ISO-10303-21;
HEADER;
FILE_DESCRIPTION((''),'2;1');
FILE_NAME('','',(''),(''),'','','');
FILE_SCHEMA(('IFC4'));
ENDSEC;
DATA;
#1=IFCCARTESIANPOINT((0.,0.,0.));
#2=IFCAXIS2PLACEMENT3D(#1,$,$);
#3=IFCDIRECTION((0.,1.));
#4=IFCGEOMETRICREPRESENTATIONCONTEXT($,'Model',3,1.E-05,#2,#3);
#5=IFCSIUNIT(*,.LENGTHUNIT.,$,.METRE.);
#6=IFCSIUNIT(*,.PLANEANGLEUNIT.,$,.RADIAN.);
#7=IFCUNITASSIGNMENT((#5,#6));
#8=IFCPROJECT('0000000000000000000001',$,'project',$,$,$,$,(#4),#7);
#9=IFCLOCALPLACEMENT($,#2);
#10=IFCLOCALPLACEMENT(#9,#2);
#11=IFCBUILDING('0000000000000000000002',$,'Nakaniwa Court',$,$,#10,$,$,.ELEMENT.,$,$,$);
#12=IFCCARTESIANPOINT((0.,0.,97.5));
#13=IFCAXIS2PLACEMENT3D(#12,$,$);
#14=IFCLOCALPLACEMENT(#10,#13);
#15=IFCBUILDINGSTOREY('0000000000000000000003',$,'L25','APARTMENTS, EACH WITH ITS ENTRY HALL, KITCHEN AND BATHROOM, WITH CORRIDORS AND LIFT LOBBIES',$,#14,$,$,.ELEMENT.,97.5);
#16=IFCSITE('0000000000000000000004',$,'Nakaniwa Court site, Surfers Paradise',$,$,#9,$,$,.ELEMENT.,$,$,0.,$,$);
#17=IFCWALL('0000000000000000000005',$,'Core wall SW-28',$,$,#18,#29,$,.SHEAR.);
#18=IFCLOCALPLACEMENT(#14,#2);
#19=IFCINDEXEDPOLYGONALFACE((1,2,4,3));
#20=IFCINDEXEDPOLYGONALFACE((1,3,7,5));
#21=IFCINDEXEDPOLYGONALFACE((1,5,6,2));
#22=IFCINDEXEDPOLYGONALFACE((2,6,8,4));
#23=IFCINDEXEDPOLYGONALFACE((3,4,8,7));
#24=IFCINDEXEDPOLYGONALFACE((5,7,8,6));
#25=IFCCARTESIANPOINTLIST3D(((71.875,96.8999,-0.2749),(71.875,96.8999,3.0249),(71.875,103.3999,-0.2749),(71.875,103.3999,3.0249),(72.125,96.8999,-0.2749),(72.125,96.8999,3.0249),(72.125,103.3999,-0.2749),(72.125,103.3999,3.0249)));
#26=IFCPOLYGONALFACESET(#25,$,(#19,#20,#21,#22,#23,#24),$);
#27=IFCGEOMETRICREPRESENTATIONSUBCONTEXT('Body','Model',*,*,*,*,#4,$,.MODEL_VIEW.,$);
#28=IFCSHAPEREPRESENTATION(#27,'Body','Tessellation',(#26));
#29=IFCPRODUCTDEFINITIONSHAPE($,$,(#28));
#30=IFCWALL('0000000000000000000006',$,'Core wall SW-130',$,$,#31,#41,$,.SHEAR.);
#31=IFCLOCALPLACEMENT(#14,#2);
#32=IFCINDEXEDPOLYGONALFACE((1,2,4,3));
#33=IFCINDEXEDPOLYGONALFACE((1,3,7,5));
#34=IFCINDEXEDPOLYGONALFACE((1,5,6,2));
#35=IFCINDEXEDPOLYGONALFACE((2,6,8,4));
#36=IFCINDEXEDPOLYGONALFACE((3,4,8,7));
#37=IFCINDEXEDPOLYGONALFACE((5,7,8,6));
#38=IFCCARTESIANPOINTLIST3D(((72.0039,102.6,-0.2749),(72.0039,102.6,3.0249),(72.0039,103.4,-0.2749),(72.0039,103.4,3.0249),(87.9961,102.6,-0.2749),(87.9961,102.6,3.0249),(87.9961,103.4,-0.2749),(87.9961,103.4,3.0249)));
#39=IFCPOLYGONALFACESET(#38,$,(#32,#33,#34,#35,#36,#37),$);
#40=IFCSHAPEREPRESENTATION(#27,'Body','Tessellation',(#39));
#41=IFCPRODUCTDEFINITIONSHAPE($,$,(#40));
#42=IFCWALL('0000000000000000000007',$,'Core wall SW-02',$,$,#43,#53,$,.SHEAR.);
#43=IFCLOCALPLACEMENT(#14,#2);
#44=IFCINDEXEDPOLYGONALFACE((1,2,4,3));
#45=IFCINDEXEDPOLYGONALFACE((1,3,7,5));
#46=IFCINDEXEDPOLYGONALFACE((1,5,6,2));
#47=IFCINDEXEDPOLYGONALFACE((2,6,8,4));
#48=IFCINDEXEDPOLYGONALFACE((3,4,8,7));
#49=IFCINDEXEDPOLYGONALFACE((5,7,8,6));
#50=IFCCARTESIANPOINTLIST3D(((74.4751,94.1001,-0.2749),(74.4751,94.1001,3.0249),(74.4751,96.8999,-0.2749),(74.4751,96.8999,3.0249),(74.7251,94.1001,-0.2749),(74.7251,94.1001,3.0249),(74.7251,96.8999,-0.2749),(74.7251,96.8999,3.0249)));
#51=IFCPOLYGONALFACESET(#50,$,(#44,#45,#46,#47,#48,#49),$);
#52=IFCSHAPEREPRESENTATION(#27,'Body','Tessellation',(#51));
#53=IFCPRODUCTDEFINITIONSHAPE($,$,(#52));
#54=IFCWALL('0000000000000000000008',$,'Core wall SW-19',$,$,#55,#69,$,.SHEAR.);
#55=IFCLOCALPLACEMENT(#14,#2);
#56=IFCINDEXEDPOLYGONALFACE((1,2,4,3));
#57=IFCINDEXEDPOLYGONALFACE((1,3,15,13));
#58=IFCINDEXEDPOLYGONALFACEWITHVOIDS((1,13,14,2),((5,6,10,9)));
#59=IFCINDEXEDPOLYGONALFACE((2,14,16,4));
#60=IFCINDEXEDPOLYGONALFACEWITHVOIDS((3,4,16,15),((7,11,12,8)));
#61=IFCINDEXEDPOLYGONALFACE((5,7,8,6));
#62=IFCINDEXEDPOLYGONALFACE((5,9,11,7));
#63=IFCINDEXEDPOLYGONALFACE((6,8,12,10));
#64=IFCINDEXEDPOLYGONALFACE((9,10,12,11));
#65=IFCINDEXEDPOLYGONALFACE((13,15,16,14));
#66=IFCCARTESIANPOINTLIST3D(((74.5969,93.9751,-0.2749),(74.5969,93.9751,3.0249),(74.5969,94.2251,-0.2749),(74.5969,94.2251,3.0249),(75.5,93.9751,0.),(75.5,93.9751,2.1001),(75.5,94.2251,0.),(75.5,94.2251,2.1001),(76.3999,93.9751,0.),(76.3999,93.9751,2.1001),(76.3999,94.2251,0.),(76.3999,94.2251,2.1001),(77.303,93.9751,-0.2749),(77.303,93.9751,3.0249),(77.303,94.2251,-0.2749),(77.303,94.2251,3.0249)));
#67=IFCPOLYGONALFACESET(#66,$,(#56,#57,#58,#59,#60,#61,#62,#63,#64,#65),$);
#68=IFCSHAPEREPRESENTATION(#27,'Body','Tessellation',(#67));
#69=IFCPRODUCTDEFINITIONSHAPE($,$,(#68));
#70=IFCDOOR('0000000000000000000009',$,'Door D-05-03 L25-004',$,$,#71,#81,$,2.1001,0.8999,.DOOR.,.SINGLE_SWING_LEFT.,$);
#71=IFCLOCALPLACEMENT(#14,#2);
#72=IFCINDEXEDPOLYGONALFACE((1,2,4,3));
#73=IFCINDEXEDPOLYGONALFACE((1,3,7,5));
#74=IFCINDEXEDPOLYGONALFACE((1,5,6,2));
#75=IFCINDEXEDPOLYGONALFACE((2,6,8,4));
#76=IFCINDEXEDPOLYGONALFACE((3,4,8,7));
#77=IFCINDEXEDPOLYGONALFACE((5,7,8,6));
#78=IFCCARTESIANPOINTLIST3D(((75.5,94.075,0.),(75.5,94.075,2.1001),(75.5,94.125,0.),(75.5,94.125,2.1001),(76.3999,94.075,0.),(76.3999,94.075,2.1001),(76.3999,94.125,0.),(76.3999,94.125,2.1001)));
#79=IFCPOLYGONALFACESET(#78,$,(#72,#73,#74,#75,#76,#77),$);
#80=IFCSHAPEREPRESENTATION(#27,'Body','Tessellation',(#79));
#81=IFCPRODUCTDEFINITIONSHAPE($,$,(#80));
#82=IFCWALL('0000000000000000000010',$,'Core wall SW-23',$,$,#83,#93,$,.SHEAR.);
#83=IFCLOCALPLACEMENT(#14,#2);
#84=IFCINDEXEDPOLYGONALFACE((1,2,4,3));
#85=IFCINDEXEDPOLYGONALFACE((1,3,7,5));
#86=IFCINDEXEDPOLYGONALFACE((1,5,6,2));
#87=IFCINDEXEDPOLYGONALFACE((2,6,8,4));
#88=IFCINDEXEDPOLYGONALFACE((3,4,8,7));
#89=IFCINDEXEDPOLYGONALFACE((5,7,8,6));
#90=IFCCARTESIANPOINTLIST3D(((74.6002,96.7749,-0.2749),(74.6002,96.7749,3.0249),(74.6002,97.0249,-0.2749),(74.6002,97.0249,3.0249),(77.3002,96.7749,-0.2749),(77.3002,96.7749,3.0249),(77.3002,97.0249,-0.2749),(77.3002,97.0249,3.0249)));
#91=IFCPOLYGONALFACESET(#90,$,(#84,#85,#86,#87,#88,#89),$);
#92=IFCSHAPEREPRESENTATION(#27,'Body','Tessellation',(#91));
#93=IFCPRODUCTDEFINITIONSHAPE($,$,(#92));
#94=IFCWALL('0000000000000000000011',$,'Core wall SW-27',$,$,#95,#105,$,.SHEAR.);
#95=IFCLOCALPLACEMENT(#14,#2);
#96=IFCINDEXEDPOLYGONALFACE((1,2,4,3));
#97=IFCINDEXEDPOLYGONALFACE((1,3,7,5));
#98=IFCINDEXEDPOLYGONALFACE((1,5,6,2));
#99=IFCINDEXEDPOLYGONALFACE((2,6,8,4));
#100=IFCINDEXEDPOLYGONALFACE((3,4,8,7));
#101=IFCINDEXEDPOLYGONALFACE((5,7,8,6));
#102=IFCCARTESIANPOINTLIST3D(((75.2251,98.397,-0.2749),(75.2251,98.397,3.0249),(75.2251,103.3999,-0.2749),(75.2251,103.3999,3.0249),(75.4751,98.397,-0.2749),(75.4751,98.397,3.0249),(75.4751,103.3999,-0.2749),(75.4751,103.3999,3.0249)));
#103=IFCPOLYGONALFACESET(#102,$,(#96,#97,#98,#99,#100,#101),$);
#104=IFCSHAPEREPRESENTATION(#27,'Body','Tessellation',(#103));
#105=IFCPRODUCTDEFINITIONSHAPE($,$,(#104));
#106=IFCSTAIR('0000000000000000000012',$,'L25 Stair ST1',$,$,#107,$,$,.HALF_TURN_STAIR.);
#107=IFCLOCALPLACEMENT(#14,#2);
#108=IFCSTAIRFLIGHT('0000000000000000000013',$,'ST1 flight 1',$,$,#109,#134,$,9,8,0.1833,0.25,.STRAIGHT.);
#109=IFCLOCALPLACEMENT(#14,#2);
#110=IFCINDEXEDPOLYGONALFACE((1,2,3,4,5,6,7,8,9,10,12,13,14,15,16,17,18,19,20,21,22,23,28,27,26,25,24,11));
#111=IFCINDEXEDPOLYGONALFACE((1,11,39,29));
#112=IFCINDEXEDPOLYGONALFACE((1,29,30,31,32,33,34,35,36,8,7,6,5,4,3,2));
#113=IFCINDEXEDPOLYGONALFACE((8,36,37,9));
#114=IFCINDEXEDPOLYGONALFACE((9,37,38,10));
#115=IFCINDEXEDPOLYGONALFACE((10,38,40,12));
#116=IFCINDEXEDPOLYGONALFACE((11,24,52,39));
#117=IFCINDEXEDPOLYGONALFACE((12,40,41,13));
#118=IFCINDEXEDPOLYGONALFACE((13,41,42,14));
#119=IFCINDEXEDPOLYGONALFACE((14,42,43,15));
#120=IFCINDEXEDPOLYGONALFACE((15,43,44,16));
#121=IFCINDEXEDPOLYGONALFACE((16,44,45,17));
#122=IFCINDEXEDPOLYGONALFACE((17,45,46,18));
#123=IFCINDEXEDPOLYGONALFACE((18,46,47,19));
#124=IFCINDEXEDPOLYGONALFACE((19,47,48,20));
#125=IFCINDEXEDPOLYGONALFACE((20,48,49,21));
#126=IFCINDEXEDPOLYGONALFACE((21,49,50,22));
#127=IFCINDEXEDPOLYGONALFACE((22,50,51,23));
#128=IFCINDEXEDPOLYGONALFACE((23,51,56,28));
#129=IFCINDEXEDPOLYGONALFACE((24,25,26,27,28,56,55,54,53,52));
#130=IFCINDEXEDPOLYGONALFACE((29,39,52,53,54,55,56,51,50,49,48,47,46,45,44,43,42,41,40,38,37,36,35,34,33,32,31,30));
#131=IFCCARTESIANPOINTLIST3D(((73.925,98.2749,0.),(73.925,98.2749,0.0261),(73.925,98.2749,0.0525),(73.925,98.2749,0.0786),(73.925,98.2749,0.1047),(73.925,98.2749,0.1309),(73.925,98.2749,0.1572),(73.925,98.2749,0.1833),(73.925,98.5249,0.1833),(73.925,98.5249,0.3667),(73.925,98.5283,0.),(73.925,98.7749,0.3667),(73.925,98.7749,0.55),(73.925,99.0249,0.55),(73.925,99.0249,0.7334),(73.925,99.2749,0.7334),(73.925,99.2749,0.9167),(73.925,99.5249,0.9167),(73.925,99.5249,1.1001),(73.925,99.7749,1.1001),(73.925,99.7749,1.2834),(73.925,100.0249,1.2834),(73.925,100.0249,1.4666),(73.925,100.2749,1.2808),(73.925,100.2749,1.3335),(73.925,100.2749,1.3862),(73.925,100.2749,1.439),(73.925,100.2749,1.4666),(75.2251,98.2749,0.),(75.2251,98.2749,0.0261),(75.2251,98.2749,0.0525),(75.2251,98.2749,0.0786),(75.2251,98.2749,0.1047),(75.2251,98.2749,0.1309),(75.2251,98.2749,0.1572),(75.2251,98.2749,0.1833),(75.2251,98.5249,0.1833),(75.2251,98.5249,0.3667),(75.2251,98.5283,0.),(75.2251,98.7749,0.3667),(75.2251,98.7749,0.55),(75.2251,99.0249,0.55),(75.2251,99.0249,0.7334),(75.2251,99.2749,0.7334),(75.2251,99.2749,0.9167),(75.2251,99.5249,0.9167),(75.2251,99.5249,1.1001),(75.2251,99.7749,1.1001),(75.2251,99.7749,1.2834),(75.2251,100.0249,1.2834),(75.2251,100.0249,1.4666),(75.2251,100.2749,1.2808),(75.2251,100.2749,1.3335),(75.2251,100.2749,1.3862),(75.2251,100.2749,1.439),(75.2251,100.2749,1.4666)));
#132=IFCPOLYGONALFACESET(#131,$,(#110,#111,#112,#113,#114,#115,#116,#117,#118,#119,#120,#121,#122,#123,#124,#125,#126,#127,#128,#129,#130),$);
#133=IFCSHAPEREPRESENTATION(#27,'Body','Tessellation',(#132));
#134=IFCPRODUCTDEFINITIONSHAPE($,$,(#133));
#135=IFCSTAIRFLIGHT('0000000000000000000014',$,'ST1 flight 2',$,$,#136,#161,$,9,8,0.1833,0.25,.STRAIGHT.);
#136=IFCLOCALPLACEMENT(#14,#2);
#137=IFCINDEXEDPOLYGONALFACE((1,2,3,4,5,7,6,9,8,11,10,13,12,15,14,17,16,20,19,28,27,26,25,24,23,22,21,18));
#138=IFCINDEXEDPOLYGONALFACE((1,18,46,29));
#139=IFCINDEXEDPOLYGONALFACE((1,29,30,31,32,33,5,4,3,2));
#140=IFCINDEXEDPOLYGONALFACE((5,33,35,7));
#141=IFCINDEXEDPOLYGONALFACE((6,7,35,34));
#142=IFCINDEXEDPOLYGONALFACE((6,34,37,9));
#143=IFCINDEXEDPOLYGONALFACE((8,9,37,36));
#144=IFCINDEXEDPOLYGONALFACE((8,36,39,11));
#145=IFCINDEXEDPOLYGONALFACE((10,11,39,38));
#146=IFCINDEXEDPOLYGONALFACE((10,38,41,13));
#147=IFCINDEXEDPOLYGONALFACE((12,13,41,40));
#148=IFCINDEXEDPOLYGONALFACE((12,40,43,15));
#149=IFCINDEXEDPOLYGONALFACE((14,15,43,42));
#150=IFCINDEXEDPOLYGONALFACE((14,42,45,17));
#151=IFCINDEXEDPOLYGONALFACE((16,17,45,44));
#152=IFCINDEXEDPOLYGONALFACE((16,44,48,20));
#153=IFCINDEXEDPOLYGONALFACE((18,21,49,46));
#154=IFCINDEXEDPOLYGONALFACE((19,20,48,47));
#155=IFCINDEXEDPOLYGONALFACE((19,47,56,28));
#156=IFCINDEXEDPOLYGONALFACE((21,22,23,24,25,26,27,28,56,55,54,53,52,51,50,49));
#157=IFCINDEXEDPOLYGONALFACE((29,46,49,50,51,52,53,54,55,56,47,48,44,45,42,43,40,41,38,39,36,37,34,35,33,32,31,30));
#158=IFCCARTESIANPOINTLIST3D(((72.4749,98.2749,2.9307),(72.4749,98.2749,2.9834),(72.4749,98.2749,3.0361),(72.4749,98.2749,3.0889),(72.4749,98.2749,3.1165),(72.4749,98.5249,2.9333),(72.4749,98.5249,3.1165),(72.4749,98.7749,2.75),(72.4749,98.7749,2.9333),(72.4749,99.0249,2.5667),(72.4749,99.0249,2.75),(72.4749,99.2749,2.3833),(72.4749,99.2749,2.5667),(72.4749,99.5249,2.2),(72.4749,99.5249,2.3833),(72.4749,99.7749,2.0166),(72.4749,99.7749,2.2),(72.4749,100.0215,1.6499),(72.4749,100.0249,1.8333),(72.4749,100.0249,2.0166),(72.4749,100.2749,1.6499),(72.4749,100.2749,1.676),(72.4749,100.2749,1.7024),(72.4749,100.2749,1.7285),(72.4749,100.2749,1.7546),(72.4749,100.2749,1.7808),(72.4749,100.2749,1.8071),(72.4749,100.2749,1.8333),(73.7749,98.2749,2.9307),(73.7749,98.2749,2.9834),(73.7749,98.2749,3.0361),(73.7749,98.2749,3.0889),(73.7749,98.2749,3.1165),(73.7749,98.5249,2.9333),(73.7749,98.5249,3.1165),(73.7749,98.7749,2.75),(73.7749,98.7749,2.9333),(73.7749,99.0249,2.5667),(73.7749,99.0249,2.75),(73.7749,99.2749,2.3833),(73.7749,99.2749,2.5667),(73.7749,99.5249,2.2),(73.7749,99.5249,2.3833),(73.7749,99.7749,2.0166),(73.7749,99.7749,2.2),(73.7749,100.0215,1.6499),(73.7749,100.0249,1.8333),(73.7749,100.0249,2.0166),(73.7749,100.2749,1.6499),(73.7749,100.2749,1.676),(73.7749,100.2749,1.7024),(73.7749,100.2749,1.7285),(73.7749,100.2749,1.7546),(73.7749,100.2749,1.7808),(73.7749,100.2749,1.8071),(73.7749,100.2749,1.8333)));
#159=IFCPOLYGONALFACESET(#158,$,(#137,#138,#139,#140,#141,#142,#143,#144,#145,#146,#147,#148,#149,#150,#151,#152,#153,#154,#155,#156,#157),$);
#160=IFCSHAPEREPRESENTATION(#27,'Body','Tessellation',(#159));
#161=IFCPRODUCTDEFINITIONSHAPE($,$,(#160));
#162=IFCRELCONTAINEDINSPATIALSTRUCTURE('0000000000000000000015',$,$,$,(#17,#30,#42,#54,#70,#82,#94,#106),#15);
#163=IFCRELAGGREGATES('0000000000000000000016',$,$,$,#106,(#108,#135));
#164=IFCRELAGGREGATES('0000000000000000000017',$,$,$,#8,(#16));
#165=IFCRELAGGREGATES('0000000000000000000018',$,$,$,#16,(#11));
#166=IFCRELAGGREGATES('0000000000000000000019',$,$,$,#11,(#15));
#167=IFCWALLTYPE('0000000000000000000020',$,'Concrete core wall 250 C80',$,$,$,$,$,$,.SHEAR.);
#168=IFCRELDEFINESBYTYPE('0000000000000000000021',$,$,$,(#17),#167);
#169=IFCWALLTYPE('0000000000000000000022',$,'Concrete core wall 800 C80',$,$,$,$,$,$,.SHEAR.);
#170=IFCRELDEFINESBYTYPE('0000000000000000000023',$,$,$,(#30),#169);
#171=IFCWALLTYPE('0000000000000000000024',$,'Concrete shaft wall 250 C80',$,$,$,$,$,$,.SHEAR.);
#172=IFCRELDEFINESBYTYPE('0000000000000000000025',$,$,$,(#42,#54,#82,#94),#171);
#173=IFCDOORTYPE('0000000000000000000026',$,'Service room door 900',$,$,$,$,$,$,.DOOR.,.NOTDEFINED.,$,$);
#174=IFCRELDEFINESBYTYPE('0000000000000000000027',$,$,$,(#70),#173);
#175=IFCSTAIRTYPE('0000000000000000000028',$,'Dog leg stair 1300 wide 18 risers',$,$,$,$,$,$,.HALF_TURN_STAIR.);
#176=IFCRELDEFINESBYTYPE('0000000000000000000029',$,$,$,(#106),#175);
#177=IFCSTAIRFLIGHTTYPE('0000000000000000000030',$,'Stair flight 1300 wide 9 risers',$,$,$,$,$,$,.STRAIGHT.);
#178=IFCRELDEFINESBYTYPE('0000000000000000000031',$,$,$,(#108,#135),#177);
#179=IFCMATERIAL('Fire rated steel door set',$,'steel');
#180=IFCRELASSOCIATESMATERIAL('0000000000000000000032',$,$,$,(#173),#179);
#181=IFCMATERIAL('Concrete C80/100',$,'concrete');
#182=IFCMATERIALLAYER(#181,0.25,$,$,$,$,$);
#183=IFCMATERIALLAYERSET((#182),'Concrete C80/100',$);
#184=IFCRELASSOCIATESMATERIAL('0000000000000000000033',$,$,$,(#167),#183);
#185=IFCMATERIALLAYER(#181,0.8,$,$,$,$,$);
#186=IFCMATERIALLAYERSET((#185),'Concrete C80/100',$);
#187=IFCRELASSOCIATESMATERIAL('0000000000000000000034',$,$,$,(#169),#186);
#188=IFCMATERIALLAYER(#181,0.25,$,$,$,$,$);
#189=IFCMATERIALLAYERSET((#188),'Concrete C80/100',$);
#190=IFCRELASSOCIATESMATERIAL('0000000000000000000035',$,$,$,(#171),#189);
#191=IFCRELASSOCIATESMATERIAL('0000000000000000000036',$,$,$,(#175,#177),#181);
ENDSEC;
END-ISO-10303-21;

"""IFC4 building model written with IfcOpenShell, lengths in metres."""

from ifc_helpers import new_model, si_unit, direction, frame, frame_2d, origin, place, context, subcontext, project, spatial, polyline, rectangle, outline, extrude, material, layer, layer_set, type_object, element, fill, aggregate, save


model = new_model("IFC4")

# Units and contexts
model_context = context("Model", 3, precision=1e-05, world=origin(), true_north=direction((0.0, 1.0)))
body_context = subcontext(model_context, "Body", "Model", "MODEL_VIEW")
ifc_project = project(units=[si_unit("LENGTHUNIT", "METRE"), si_unit("PLANEANGLEUNIT", "RADIAN")], contexts=[model_context])

# Site, building, storey
site_placement = place(None, origin())
site = spatial("IfcSite", under=ifc_project, at=site_placement, Name="Nakaniwa Court site, Surfers Paradise", CompositionType="ELEMENT", RefElevation=0.0)
building_placement = place(site_placement, origin())
building = spatial("IfcBuilding", under=site, at=building_placement, Name="Nakaniwa Court", CompositionType="ELEMENT")
storey_placement = place(building_placement, frame((0.0, 0.0, 97.5)))
storey = spatial("IfcBuildingStorey", under=building, at=storey_placement, Name="L25", Description="APARTMENTS, EACH WITH ITS ENTRY HALL, KITCHEN AND BATHROOM, WITH CORRIDORS AND LIFT LOBBIES", CompositionType="ELEMENT", Elevation=97.5)

# Shared definitions
ifc_material_1 = material(Name="Concrete C80/100", Category="concrete")

# Shared definitions
ifc_material_2 = material(Name="Fire rated steel door set", Category="steel")
door_type_1 = type_object("IfcDoorType", Name="Service room door 900", OperationType="NOTDEFINED", PredefinedType="DOOR", material=ifc_material_2)

# Walls
ifc_layer_1 = layer(ifc_material_1, 0.25)
ifc_layer_set_1 = layer_set([ifc_layer_1], Name="Concrete C80/100")
wall_type_1 = type_object("IfcWallType", Name="Concrete core wall 250 C80", PredefinedType="SHEAR", material=ifc_layer_set_1)
wall_1_placement = place(storey_placement, frame((72.0, 96.8999, -0.2749), z_axis=(0.0, 0.0, 1.0), x_axis=(0.0, 1.0, 0.0)))
element("IfcWall", 1, at=wall_1_placement, inside=storey, type_object=wall_type_1, Name="Core wall SW-28", PredefinedType="SHEAR", context=body_context, shape_type="SweptSolid", body=[
    extrude(rectangle(XDim=6.5, YDim=0.25, at=frame_2d((3.25, 0.0))), origin(), (0.0, 0.0, 1.0), 3.2998),
])
ifc_layer_2 = layer(ifc_material_1, 0.8)
ifc_layer_set_2 = layer_set([ifc_layer_2], Name="Concrete C80/100")
wall_type_2 = type_object("IfcWallType", Name="Concrete core wall 800 C80", PredefinedType="SHEAR", material=ifc_layer_set_2)
wall_2_placement = place(storey_placement, frame((72.0039, 103.0, -0.2749), z_axis=(0.0, 0.0, 1.0), x_axis=(1.0, 0.0, 0.0)))
element("IfcWall", 2, at=wall_2_placement, inside=storey, type_object=wall_type_2, Name="Core wall SW-130", PredefinedType="SHEAR", context=body_context, shape_type="SweptSolid", body=[
    extrude(rectangle(XDim=15.9922, YDim=0.8, at=frame_2d((7.9961, 0.0))), origin(), (0.0, 0.0, 1.0), 3.2998),
])
ifc_layer_3 = layer(ifc_material_1, 0.25)
ifc_layer_set_3 = layer_set([ifc_layer_3], Name="Concrete C80/100")
wall_type_3 = type_object("IfcWallType", Name="Concrete shaft wall 250 C80", PredefinedType="SHEAR", material=ifc_layer_set_3)
wall_3_placement = place(storey_placement, frame((74.6001, 94.1001, -0.2749), z_axis=(0.0, 0.0, 1.0), x_axis=(0.0, 1.0, 0.0)))
element("IfcWall", 3, at=wall_3_placement, inside=storey, type_object=wall_type_3, Name="Core wall SW-02", PredefinedType="SHEAR", context=body_context, shape_type="SweptSolid", body=[
    extrude(rectangle(XDim=2.7998, YDim=0.25, at=frame_2d((1.3999, 0.0))), origin(), (0.0, 0.0, 1.0), 3.2998),
])

# Wall, opening, door
wall_4_placement = place(storey_placement, frame((74.5969, 94.1001, -0.2749), z_axis=(0.0, 0.0, 1.0), x_axis=(1.0, 0.0, 0.0)))
wall_4 = element("IfcWall", 4, at=wall_4_placement, inside=storey, type_object=wall_type_3, Name="Core wall SW-19", PredefinedType="SHEAR", context=body_context, shape_type="SweptSolid", body=[
    extrude(rectangle(XDim=2.7061, YDim=0.25, at=frame_2d((1.353, 0.0))), origin(), (0.0, 0.0, 1.0), 3.2998),
])
opening_1_placement = place(wall_4_placement, frame((0.9031, 0.0, 0.2749)))
opening_1 = element("IfcOpeningElement", 5, at=opening_1_placement, cuts=wall_4, PredefinedType="OPENING", context=body_context, shape_type="SweptSolid", body=[
    extrude(rectangle(XDim=0.8999, YDim=2.1001, at=frame_2d((0.45, 1.05))), frame((0.0, 0.135, 0.0), z_axis=(0.0, -1.0, 0.0), x_axis=(1.0, 0.0, 0.0)), (0.0, 0.0, 1.0), 0.27),
])
door_1_placement = place(opening_1_placement, origin())
door_1 = element("IfcDoor", 6, at=door_1_placement, inside=storey, type_object=door_type_1, Name="Door D-05-03 L25-004", OperationType="SINGLE_SWING_LEFT", OverallHeight=2.1001, OverallWidth=0.8999, PredefinedType="DOOR", context=body_context, shape_type="SweptSolid", body=[
    extrude(rectangle(XDim=0.8999, YDim=2.1001, at=frame_2d((0.45, 1.05))), frame((0.0, 0.0249, 0.0), z_axis=(0.0, -1.0, 0.0), x_axis=(1.0, 0.0, 0.0)), (0.0, 0.0, 1.0), 0.05),
])
fill(opening_1, door_1)

# Walls
wall_5_placement = place(storey_placement, frame((74.6001, 96.8999, -0.2749), z_axis=(0.0, 0.0, 1.0), x_axis=(1.0, 0.0, 0.0)))
element("IfcWall", 7, at=wall_5_placement, inside=storey, type_object=wall_type_3, Name="Core wall SW-23", PredefinedType="SHEAR", context=body_context, shape_type="SweptSolid", body=[
    extrude(rectangle(XDim=2.7, YDim=0.25, at=frame_2d((1.3501, 0.0))), origin(), (0.0, 0.0, 1.0), 3.2998),
])
wall_6_placement = place(storey_placement, frame((75.3501, 98.397, -0.2749), z_axis=(0.0, 0.0, 1.0), x_axis=(0.0, 1.0, 0.0)))
element("IfcWall", 8, at=wall_6_placement, inside=storey, type_object=wall_type_3, Name="Core wall SW-27", PredefinedType="SHEAR", context=body_context, shape_type="SweptSolid", body=[
    extrude(rectangle(XDim=5.0029, YDim=0.25, at=frame_2d((2.5015, 0.0))), origin(), (0.0, 0.0, 1.0), 3.2998),
])

# Stair, stair flights
stair_type = type_object("IfcStairType", Name="Dog leg stair 1300 wide 18 risers", PredefinedType="HALF_TURN_STAIR", material=ifc_material_1)
stair_placement = place(storey_placement, origin())
stair = element("IfcStair", 9, at=stair_placement, inside=storey, type_object=stair_type, Name="L25 Stair ST1", PredefinedType="HALF_TURN_STAIR")
stair_flight_type = type_object("IfcStairFlightType", Name="Stair flight 1300 wide 9 risers", PredefinedType="STRAIGHT", material=ifc_material_1)
stair_flight_1_placement = place(storey_placement, frame((74.575, 98.2749, 0.0), z_axis=(0.0, 0.0, 1.0), x_axis=(0.0, 1.0, 0.0)))
stair_flight_1 = element("IfcStairFlight", 10, at=stair_flight_1_placement, type_object=stair_flight_type, Name="ST1 flight 1", NumberOfRisers=9, NumberOfTreads=8, PredefinedType="STRAIGHT", RiserHeight=0.1833, TreadLength=0.25, context=body_context, shape_type="SweptSolid", body=[
    extrude(outline(polyline([(0.0, 0.0), (0.0, 0.0261), (0.0, 0.0525), (0.0, 0.0786), (0.0, 0.1047), (0.0, 0.1309), (0.0, 0.1572), (0.0, 0.1833), (0.25, 0.1833), (0.25, 0.3667), (0.5, 0.3667), (0.5, 0.55), (0.75, 0.55), (0.75, 0.7334), (1.0, 0.7334), (1.0, 0.9167), (1.25, 0.9167), (1.25, 1.1001), (1.5, 1.1001), (1.5, 1.2834), (1.75, 1.2834), (1.75, 1.4666), (2.0, 1.4666), (2.0, 1.6499), (2.0, 1.5972), (2.0, 1.5444), (2.0, 1.4917), (2.0, 1.439), (2.0, 1.3862), (2.0, 1.3335), (2.0, 1.2808), (0.2534, 0.0), (0.0, 0.0)])), frame((0.0, 0.6499, 0.0), z_axis=(0.0, -1.0, 0.0), x_axis=(1.0, 0.0, 0.0)), (0.0, 0.0, 1.0), 1.3),
])
stair_flight_2_placement = place(storey_placement, frame((73.125, 100.2749, 1.6499), z_axis=(0.0, 0.0, 1.0), x_axis=(0.0, -1.0, 0.0)))
stair_flight_2 = element("IfcStairFlight", 11, at=stair_flight_2_placement, type_object=stair_flight_type, Name="ST1 flight 2", NumberOfRisers=9, NumberOfTreads=8, PredefinedType="STRAIGHT", RiserHeight=0.1833, TreadLength=0.25, context=body_context, shape_type="SweptSolid", body=[
    extrude(outline(polyline([(0.0, 0.0), (0.0, 0.0261), (0.0, 0.0525), (0.0, 0.0786), (0.0, 0.1047), (0.0, 0.1309), (0.0, 0.1572), (0.0, 0.1833), (0.25, 0.1833), (0.25, 0.3667), (0.5, 0.3667), (0.5, 0.55), (0.75, 0.55), (0.75, 0.7334), (1.0, 0.7334), (1.0, 0.9167), (1.25, 0.9167), (1.25, 1.1001), (1.5, 1.1001), (1.5, 1.2834), (1.75, 1.2834), (1.75, 1.4666), (2.0, 1.4666), (2.0, 1.6499), (2.0, 1.5972), (2.0, 1.5444), (2.0, 1.4917), (2.0, 1.439), (2.0, 1.3862), (2.0, 1.3335), (2.0, 1.2808), (0.2534, 0.0), (0.0, 0.0)])), frame((0.0, 0.6499, 0.0), z_axis=(0.0, -1.0, 0.0), x_axis=(1.0, 0.0, 0.0)), (0.0, 0.0, 1.0), 1.3),
])
aggregate(stair, [stair_flight_1, stair_flight_2])

save(model, "model.ifc")
